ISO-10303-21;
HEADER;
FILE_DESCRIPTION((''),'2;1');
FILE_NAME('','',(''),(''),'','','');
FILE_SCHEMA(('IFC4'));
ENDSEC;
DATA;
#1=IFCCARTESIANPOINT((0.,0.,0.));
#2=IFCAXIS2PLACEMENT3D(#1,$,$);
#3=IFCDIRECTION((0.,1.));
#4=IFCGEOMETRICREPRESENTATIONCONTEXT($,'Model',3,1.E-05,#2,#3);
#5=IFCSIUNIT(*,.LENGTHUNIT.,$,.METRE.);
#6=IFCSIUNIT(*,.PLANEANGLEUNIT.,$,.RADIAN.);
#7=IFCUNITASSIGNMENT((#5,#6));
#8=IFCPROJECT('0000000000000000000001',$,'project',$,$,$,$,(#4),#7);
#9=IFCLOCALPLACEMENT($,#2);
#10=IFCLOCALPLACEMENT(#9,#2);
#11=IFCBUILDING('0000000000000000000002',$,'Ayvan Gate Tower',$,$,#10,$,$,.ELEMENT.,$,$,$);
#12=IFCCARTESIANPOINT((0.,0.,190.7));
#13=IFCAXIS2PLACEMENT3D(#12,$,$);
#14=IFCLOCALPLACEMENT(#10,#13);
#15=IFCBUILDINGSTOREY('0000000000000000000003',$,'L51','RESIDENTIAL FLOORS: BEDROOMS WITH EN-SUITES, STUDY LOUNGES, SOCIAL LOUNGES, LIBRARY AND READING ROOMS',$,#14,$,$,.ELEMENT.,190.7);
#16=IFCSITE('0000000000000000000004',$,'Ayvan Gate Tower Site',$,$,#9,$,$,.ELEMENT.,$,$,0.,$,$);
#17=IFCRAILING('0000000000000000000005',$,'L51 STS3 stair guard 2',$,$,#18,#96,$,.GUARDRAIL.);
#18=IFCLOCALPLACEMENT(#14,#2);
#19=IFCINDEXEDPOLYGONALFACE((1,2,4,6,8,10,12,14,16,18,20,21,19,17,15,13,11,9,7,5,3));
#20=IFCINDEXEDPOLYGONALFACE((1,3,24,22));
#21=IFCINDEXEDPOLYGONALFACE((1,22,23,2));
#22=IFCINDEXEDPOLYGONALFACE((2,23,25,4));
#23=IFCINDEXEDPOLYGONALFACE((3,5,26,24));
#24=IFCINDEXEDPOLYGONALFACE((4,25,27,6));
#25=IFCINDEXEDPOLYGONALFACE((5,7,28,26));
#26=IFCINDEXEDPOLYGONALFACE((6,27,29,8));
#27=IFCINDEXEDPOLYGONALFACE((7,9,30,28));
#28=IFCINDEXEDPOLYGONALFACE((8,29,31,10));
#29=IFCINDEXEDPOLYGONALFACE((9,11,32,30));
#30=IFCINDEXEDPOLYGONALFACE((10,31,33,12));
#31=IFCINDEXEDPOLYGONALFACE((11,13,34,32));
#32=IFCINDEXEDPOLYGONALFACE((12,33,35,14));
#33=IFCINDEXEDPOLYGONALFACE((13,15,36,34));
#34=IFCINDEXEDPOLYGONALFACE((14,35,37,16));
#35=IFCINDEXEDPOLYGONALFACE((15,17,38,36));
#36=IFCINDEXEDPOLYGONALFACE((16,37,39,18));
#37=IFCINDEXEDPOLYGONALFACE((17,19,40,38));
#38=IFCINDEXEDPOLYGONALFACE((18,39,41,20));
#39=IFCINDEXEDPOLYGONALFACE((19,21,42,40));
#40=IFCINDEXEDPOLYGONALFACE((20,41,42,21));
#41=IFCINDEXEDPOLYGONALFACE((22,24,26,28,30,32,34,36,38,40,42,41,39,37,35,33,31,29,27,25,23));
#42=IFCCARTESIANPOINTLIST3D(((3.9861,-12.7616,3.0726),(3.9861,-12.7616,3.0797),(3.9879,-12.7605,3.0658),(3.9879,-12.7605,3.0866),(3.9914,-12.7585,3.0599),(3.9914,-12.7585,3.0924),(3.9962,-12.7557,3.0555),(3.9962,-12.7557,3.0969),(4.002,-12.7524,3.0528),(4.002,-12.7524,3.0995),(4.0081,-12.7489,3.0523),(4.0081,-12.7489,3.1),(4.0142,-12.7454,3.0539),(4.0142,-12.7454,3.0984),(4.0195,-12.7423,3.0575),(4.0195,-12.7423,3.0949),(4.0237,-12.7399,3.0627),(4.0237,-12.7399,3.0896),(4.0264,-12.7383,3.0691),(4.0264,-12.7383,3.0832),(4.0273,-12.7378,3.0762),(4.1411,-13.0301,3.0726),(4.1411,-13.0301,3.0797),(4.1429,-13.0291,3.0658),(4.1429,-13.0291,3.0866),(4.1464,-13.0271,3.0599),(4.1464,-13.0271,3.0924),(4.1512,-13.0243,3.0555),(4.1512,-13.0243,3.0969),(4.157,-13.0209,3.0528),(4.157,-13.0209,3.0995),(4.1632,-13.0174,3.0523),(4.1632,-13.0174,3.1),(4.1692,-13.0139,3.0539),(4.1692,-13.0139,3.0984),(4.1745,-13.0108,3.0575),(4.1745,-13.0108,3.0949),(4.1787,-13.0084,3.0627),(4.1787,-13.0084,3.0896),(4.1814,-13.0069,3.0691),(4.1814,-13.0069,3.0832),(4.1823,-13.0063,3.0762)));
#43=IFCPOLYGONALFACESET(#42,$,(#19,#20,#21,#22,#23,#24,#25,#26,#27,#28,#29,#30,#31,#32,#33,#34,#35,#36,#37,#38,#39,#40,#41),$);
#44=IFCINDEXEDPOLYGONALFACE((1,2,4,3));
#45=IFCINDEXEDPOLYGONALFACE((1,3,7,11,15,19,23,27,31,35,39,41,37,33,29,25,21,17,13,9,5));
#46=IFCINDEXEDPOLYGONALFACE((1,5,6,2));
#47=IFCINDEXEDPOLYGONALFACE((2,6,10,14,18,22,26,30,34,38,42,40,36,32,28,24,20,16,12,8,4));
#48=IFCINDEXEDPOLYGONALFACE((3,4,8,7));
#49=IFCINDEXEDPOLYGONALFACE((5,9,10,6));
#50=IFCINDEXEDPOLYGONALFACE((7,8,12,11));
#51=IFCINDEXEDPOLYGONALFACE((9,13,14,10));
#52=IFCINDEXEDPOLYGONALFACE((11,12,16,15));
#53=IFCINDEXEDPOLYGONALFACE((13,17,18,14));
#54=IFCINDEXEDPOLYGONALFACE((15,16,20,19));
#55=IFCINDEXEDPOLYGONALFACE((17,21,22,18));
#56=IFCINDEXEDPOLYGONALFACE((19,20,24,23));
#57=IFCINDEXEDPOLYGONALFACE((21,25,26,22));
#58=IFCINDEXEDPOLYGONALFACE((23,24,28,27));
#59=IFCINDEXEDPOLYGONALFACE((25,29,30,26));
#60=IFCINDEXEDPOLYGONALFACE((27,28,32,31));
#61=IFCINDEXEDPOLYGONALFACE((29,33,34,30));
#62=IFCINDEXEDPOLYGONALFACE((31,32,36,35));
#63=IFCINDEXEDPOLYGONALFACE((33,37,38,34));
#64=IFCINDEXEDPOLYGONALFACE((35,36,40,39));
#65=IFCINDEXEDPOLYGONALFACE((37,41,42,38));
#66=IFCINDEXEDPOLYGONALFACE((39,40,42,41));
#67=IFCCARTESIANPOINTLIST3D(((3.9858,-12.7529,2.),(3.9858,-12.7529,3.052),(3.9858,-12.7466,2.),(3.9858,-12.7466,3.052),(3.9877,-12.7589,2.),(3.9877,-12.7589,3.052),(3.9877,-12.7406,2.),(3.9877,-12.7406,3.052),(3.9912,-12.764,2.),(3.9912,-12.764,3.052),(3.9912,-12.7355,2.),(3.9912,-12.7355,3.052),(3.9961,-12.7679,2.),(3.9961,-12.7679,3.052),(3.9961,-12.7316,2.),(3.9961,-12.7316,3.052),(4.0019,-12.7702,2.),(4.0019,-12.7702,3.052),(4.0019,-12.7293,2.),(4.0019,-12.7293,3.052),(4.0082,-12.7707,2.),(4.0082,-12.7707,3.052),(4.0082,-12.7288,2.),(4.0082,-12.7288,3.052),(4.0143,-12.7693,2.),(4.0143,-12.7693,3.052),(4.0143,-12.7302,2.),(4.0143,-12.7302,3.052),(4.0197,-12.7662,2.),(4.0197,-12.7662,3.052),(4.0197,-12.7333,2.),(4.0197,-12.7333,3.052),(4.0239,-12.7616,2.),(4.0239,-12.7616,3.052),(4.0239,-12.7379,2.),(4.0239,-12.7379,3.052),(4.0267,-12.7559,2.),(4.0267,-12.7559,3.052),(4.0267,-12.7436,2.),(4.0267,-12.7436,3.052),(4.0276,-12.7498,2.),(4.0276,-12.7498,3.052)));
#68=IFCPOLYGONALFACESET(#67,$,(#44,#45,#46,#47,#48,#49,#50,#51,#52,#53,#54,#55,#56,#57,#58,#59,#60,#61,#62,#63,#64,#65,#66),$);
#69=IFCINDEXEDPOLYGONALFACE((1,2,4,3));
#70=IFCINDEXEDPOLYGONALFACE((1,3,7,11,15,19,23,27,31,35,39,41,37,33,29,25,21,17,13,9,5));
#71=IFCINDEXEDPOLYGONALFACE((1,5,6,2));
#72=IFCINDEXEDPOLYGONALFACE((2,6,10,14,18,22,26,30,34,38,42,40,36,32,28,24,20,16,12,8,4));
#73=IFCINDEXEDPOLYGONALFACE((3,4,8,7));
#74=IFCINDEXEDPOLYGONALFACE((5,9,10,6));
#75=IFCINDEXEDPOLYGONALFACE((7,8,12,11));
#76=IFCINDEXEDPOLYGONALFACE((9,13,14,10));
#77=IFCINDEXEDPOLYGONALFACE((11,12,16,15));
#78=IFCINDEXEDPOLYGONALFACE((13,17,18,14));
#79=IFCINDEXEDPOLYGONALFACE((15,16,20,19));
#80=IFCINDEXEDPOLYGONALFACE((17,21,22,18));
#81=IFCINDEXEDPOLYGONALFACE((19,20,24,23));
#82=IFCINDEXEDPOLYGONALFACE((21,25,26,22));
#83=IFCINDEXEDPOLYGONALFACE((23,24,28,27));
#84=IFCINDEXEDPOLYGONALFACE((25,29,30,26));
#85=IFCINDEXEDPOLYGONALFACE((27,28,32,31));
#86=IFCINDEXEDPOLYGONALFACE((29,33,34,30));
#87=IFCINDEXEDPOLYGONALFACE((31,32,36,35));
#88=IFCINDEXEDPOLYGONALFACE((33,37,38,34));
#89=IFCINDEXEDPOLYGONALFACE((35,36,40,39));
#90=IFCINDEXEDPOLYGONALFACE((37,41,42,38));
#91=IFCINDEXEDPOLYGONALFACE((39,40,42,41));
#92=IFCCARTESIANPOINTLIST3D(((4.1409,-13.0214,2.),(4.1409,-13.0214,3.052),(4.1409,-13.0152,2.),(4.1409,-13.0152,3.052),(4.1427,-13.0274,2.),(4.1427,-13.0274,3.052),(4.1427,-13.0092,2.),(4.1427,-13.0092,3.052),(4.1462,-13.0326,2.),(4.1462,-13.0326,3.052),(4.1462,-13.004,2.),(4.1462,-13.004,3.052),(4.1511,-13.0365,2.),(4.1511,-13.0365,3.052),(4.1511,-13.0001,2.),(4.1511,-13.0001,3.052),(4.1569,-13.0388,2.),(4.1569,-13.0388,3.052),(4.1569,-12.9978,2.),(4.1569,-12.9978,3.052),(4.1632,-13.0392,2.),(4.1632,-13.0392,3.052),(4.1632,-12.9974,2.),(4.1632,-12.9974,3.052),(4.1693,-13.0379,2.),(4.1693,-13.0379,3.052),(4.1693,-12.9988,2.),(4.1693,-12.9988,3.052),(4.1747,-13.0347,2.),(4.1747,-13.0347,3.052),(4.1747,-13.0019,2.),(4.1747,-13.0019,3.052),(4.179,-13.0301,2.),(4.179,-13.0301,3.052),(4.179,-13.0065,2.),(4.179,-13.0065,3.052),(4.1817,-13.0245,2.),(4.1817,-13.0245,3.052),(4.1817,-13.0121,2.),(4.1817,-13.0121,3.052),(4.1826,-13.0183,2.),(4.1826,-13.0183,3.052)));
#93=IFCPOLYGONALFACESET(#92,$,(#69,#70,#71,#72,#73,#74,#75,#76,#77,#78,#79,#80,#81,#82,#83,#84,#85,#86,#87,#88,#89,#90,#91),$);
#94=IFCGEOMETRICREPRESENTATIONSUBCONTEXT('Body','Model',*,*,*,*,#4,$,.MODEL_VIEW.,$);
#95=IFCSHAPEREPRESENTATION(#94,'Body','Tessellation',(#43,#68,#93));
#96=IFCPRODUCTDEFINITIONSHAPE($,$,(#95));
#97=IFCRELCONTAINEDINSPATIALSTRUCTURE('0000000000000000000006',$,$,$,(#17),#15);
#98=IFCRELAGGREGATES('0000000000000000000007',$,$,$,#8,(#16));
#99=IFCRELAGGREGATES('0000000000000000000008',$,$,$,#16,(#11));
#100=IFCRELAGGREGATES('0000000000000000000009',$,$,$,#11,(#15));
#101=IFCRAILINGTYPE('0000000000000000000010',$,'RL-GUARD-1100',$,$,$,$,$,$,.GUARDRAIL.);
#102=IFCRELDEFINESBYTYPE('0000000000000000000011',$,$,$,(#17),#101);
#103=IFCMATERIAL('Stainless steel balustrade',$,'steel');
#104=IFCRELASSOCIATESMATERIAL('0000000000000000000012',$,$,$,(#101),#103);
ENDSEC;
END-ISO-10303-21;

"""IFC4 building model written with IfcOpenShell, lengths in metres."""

from ifc_helpers import new_model, si_unit, direction, frame, origin, origin_2d, place, context, subcontext, project, spatial, circle, extrude, material, type_object, element, save


model = new_model("IFC4")

# Units and contexts
model_context = context("Model", 3, precision=1e-05, world=origin(), true_north=direction((0.0, 1.0)))
body_context = subcontext(model_context, "Body", "Model", "MODEL_VIEW")
ifc_project = project(units=[si_unit("LENGTHUNIT", "METRE"), si_unit("PLANEANGLEUNIT", "RADIAN")], contexts=[model_context])

# Site, building, storey
site_placement = place(None, origin())
site = spatial("IfcSite", under=ifc_project, at=site_placement, Name="Ayvan Gate Tower Site", CompositionType="ELEMENT", RefElevation=0.0)
building_placement = place(site_placement, origin())
building = spatial("IfcBuilding", under=site, at=building_placement, Name="Ayvan Gate Tower", CompositionType="ELEMENT")
storey_placement = place(building_placement, frame((0.0, 0.0, 190.7)))
storey = spatial("IfcBuildingStorey", under=building, at=storey_placement, Name="L51", Description="RESIDENTIAL FLOORS: BEDROOMS WITH EN-SUITES, STUDY LOUNGES, SOCIAL LOUNGES, LIBRARY AND READING ROOMS", CompositionType="ELEMENT", Elevation=190.7)

# Railing
ifc_material_1 = material(Name="Stainless steel balustrade", Category="steel")
railing_type_1 = type_object("IfcRailingType", Name="RL-GUARD-1100", PredefinedType="GUARDRAIL", material=ifc_material_1)
railing_1_placement = place(storey_placement, frame((4.0066, -12.7498, 2.0)))
element("IfcRailing", 1, at=railing_1_placement, inside=storey, type_object=railing_type_1, Name="L51 STS3 stair guard 2", PredefinedType="GUARDRAIL", context=body_context, shape_type="SweptSolid", body=[
    extrude(circle(Radius=0.0239, at=origin_2d()), frame((0.0, 0.0, 1.0762), z_axis=(0.49995, -0.866054, 0.0), x_axis=(0.866054, 0.49995, 0.0)), (0.0, 0.0, 1.0), 0.3101),
    extrude(circle(Radius=0.021, at=origin_2d()), origin(), (0.0, 0.0, 1.0), 1.052),
    extrude(circle(Radius=0.021, at=origin_2d()), frame((0.155, -0.2686, 0.0)), (0.0, 0.0, 1.0), 1.052),
])

save(model, "model.ifc")
